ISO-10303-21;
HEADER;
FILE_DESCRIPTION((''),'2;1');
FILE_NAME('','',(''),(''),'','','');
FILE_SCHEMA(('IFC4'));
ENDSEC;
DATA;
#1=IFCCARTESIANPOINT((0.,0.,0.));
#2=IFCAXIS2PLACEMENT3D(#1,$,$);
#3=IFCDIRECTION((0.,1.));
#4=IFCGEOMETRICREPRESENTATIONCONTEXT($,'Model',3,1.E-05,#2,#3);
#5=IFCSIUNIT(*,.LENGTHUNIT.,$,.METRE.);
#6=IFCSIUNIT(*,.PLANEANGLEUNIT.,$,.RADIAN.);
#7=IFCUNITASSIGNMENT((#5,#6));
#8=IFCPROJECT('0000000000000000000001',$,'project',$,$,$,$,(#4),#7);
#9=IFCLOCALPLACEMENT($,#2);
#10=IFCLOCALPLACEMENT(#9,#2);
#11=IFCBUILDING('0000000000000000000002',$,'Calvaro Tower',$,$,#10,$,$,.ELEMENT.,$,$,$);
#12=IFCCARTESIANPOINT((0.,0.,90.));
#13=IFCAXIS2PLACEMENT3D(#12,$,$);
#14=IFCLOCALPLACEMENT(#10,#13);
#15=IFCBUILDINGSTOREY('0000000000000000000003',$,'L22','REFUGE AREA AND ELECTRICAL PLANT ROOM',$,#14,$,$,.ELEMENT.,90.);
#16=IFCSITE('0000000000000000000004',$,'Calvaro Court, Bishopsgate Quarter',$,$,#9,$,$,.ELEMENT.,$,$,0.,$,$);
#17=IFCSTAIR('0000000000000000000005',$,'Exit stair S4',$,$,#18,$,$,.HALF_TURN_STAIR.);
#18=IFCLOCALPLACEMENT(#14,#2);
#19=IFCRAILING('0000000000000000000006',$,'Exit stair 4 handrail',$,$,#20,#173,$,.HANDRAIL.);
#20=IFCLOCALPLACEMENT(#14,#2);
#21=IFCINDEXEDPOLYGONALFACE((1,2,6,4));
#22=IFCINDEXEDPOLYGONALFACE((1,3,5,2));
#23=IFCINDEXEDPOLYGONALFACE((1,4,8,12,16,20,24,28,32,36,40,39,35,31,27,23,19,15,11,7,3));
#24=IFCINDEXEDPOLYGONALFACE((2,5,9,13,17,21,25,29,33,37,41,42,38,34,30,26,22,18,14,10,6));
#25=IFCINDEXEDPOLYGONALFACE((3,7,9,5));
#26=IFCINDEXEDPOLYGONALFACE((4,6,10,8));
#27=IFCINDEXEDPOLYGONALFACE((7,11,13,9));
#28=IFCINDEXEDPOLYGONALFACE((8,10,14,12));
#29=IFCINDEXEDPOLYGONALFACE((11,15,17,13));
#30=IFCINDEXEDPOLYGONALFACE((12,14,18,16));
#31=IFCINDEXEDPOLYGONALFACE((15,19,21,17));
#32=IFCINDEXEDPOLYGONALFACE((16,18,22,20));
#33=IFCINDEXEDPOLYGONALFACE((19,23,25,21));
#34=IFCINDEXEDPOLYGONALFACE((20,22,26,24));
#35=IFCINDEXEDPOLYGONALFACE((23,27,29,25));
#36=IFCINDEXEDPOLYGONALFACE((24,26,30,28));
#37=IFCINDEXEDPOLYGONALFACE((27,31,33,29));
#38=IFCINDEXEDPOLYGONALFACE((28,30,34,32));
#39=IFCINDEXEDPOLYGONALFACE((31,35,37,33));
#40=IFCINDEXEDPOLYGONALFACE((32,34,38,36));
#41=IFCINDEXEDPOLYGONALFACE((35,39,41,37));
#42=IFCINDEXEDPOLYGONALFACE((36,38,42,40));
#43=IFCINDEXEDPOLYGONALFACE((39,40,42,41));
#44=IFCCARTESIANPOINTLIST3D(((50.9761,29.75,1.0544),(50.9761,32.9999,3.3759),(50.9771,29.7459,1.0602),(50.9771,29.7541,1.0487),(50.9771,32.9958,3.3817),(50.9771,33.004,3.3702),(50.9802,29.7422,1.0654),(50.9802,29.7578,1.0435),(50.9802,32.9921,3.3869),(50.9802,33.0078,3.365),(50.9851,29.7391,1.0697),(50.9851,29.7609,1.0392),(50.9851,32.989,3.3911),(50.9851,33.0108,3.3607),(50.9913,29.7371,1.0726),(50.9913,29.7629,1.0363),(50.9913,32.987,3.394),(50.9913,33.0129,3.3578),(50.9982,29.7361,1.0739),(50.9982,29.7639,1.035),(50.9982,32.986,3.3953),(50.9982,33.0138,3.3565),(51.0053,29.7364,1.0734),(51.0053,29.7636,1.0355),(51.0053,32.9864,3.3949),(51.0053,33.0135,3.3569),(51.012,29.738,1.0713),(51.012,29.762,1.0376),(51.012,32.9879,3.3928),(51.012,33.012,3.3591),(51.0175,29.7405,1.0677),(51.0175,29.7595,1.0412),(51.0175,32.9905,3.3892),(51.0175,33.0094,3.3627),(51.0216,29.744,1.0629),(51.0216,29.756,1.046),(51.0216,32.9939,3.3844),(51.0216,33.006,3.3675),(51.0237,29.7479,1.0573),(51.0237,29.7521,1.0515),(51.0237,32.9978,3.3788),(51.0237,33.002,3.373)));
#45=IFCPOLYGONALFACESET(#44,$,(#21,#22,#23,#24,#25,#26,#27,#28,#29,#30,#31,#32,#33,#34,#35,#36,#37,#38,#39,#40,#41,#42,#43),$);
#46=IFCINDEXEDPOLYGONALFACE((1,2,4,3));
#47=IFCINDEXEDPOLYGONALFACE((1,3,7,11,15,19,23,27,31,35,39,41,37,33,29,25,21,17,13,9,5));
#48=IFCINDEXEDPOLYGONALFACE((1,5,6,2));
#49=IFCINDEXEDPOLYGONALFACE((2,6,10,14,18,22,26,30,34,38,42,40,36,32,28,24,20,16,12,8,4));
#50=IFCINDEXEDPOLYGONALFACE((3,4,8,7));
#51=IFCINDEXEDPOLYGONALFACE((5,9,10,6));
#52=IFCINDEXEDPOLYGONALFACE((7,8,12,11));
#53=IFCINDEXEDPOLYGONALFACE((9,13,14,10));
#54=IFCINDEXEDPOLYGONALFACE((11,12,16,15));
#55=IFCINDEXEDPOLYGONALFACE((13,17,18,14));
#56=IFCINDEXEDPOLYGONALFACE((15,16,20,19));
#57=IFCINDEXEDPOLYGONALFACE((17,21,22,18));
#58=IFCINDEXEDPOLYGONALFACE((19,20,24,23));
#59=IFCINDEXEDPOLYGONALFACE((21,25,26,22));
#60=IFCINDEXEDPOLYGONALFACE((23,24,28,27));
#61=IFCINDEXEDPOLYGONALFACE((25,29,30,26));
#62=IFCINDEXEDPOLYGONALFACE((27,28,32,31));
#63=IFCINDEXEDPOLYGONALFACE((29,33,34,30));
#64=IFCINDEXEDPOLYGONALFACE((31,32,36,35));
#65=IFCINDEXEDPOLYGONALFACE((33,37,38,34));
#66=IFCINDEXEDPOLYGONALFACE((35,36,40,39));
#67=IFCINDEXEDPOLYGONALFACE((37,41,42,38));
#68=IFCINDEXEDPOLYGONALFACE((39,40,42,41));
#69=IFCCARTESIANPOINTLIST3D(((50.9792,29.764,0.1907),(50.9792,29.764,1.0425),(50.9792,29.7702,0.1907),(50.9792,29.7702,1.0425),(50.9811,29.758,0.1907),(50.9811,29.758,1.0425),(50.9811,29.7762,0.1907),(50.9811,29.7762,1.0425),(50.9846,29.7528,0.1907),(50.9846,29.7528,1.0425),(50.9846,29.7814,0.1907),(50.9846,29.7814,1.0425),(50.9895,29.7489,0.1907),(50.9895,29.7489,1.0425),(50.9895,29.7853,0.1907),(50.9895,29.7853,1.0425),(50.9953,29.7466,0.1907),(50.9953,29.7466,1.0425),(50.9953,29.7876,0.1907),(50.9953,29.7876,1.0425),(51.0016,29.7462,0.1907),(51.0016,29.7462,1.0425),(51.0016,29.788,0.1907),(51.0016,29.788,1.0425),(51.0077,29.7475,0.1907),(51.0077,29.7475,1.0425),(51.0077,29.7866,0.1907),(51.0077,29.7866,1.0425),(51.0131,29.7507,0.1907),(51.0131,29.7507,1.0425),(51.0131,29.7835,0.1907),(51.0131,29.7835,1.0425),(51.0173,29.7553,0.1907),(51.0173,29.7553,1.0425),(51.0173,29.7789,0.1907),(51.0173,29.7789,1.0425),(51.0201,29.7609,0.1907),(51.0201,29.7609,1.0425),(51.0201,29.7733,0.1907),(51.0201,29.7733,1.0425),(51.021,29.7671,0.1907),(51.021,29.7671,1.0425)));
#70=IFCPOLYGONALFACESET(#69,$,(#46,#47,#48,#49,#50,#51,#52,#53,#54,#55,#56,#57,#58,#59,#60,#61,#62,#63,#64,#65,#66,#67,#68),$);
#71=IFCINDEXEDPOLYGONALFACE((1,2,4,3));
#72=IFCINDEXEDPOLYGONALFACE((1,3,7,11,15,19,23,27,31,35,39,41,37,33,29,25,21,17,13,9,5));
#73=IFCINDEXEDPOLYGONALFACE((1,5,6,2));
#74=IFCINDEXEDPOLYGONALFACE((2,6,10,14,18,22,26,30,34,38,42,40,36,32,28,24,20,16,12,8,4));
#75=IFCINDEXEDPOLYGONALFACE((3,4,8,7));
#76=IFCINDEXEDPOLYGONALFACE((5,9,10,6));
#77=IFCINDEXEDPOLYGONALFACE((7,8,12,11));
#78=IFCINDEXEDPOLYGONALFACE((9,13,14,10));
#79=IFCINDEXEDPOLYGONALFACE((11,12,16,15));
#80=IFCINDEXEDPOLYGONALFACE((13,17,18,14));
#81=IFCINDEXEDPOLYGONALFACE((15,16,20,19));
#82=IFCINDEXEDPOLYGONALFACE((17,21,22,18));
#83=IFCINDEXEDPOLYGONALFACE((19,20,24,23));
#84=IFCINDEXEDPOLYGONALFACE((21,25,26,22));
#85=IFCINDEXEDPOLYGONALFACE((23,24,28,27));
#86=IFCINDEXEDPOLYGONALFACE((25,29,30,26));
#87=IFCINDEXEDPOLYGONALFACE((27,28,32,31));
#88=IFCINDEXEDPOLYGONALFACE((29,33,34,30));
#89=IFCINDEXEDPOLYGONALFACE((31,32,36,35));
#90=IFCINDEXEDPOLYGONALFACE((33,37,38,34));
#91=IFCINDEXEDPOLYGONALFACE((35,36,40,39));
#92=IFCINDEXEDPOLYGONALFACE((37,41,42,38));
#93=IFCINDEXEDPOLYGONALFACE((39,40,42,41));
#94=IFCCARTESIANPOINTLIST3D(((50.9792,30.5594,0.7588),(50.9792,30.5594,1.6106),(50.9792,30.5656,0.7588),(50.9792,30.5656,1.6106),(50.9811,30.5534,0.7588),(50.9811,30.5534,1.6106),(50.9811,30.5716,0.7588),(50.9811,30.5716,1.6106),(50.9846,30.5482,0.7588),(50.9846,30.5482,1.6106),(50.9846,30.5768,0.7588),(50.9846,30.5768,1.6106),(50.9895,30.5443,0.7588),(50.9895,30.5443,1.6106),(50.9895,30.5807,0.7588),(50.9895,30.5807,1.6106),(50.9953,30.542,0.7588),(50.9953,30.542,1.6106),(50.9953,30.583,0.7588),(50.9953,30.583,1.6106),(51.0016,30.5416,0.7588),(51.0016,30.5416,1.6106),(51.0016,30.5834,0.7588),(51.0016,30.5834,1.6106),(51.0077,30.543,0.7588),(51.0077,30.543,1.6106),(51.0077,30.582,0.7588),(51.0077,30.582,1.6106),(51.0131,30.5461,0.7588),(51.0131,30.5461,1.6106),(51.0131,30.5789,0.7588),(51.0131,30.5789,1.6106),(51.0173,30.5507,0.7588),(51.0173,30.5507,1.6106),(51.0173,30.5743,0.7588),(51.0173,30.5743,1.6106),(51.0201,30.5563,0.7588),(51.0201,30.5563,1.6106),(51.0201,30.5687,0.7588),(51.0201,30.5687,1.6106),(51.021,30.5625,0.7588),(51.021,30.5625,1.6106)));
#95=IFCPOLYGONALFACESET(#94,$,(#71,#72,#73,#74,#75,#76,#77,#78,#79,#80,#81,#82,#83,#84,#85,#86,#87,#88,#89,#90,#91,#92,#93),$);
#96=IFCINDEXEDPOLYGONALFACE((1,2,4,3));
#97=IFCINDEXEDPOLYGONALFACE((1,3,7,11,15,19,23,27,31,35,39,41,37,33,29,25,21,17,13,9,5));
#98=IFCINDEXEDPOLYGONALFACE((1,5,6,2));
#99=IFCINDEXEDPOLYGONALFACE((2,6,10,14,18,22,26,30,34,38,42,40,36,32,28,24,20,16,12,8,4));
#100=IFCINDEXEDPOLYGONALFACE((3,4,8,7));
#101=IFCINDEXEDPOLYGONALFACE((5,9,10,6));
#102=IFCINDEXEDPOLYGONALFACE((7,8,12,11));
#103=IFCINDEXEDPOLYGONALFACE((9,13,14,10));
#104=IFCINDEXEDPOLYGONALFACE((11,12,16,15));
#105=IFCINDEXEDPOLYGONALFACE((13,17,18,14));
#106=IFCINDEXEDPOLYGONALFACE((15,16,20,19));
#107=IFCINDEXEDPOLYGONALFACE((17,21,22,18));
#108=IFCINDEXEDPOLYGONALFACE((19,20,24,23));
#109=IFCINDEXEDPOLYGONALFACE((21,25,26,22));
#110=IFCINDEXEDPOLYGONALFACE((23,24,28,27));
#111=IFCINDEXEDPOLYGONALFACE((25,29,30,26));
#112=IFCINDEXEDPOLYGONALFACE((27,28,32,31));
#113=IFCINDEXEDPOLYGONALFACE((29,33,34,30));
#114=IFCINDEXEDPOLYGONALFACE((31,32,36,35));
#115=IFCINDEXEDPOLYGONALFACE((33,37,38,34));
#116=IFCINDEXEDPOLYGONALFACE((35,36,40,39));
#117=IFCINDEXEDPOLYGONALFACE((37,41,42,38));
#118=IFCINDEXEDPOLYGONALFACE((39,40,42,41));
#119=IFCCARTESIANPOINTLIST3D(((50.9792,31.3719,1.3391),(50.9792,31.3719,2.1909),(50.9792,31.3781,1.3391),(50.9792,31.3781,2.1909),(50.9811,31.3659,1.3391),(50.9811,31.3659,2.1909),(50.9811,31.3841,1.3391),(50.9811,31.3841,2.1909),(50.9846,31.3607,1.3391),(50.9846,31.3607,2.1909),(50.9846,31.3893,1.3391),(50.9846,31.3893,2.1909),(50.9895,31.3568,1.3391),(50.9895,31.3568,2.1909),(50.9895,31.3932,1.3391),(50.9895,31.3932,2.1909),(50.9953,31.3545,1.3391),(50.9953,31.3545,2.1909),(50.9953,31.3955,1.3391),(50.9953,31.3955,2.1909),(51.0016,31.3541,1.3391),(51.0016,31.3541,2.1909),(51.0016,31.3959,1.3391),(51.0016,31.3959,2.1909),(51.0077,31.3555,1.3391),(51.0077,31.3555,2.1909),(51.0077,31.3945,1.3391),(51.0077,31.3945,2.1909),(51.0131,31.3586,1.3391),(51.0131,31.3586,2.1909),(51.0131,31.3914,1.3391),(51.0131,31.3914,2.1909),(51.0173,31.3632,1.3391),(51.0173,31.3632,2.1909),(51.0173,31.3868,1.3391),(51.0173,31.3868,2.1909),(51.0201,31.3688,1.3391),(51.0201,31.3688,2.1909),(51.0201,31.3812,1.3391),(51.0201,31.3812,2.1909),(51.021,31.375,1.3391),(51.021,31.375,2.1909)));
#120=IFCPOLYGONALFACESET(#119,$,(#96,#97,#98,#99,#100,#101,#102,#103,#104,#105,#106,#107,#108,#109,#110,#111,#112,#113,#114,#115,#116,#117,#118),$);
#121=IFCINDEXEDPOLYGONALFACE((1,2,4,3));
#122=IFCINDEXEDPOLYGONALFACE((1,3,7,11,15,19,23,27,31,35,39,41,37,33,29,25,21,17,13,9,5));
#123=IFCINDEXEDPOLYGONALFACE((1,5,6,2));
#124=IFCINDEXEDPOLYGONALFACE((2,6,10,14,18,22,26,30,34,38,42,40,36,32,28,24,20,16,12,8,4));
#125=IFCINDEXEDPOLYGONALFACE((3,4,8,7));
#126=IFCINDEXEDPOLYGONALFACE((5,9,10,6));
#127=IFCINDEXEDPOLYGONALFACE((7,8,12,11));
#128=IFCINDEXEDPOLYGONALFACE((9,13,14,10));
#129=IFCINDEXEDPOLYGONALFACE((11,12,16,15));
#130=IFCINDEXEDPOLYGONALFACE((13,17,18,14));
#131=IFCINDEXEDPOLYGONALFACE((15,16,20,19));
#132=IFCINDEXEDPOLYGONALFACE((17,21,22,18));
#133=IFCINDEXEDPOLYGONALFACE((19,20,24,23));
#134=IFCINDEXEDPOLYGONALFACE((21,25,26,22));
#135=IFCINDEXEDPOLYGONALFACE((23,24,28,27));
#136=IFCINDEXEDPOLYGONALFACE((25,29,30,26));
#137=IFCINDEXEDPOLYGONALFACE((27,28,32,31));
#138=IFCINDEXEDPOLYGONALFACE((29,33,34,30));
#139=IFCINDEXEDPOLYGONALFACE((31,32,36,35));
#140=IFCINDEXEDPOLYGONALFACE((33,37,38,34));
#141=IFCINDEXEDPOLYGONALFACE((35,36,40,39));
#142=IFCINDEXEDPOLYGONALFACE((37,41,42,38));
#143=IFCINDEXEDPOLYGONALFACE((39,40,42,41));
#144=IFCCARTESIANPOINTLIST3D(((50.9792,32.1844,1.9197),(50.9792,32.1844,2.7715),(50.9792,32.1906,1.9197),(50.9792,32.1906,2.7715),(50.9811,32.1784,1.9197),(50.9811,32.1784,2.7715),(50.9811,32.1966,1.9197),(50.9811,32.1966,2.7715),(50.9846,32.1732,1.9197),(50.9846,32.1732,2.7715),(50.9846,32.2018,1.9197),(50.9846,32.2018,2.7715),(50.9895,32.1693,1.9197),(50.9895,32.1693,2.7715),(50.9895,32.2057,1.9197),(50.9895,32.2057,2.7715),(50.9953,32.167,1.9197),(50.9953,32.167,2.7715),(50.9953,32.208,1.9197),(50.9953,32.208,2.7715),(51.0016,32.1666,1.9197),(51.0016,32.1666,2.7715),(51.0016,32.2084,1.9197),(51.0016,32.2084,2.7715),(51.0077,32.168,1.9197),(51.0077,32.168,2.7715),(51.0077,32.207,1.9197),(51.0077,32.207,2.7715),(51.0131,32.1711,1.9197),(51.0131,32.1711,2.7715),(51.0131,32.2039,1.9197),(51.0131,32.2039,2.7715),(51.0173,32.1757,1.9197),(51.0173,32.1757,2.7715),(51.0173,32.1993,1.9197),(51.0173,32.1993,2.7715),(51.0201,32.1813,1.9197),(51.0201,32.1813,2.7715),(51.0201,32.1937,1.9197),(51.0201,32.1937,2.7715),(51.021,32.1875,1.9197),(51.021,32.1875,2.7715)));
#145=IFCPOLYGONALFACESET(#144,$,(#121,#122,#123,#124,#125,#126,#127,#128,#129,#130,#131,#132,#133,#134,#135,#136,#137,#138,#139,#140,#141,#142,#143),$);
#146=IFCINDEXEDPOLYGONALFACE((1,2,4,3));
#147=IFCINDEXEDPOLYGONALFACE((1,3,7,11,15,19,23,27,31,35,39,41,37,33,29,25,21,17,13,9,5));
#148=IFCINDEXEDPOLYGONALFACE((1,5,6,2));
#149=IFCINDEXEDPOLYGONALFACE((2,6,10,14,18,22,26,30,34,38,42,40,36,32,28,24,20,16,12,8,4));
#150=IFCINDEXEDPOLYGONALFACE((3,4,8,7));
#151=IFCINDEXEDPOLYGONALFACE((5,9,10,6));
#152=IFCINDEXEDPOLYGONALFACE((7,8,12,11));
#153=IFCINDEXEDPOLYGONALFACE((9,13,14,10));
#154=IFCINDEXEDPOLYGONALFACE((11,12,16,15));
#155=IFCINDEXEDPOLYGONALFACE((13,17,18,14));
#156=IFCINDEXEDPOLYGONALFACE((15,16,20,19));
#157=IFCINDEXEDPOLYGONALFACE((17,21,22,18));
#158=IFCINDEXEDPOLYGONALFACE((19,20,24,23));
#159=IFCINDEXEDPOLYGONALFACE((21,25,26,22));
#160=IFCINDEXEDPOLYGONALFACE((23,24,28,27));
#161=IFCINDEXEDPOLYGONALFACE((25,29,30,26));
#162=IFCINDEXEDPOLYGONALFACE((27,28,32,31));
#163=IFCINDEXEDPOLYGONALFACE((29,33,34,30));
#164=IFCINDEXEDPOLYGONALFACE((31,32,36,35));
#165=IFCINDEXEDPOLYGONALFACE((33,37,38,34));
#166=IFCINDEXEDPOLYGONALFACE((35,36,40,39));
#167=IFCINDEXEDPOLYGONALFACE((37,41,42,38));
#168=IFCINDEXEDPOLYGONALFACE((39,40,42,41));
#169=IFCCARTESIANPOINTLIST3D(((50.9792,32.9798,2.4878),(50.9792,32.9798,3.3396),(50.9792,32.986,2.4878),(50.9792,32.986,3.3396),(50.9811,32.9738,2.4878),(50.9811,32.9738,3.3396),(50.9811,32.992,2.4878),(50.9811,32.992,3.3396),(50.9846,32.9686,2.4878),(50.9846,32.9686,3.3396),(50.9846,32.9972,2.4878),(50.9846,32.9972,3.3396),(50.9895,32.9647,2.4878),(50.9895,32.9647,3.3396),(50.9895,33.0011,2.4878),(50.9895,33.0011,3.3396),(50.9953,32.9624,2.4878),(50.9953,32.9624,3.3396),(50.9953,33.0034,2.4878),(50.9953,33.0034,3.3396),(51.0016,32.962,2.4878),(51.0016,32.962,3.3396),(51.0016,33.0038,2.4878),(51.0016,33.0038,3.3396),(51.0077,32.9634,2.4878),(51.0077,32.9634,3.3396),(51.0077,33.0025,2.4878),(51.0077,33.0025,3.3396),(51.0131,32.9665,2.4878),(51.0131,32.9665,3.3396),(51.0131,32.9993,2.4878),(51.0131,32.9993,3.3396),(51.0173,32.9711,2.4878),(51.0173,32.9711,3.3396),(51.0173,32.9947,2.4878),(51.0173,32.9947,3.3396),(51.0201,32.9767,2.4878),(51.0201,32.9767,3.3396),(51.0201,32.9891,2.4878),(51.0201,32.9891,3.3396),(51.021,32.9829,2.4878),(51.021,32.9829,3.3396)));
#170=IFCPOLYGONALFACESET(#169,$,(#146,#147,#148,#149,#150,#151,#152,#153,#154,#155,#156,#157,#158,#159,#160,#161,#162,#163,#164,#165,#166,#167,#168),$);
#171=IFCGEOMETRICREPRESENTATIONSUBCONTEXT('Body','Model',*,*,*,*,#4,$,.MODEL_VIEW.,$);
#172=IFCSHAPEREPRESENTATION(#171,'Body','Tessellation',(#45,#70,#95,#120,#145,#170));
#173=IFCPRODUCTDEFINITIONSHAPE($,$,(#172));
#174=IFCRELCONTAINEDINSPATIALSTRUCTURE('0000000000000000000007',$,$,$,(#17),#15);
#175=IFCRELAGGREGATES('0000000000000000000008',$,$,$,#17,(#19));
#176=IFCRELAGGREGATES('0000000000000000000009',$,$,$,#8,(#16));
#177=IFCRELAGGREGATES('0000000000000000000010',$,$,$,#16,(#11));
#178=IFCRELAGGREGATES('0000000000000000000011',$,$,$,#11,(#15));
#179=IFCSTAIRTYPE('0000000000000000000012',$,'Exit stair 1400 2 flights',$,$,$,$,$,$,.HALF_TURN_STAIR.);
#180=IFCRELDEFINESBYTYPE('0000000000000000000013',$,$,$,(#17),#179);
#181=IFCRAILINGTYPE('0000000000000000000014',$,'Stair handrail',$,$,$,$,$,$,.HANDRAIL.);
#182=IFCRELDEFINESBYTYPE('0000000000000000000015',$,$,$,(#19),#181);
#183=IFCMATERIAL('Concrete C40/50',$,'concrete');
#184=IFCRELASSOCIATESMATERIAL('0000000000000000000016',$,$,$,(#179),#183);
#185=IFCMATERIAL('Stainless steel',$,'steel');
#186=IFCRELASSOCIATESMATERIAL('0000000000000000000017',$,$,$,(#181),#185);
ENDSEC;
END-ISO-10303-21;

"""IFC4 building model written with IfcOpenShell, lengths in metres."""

from ifc_helpers import new_model, si_unit, direction, frame, origin, origin_2d, place, context, subcontext, project, spatial, circle, extrude, material, type_object, element, aggregate, save


model = new_model("IFC4")

# Units and contexts
model_context = context("Model", 3, precision=1e-05, world=origin(), true_north=direction((0.0, 1.0)))
body_context = subcontext(model_context, "Body", "Model", "MODEL_VIEW")
ifc_project = project(units=[si_unit("LENGTHUNIT", "METRE"), si_unit("PLANEANGLEUNIT", "RADIAN")], contexts=[model_context])

# Site, building, storey
site_placement = place(None, origin())
site = spatial("IfcSite", under=ifc_project, at=site_placement, Name="Calvaro Court, Bishopsgate Quarter", CompositionType="ELEMENT", RefElevation=0.0)
building_placement = place(site_placement, origin())
building = spatial("IfcBuilding", under=site, at=building_placement, Name="Calvaro Tower", CompositionType="ELEMENT")
storey_placement = place(building_placement, frame((0.0, 0.0, 90.0)))
storey = spatial("IfcBuildingStorey", under=building, at=storey_placement, Name="L22", Description="REFUGE AREA AND ELECTRICAL PLANT ROOM", CompositionType="ELEMENT", Elevation=90.0)

# Shared definitions
ifc_material_1 = material(Name="Concrete C40/50", Category="concrete")
stair_type = type_object("IfcStairType", Name="Exit stair 1400 2 flights", PredefinedType="HALF_TURN_STAIR", material=ifc_material_1)

# Stair
stair_1_placement = place(storey_placement, origin())
stair_1 = element("IfcStair", 1, at=stair_1_placement, inside=storey, type_object=stair_type, Name="Exit stair S4", PredefinedType="HALF_TURN_STAIR")

# Railing
ifc_material_2 = material(Name="Stainless steel", Category="steel")
railing_type = type_object("IfcRailingType", Name="Stair handrail", PredefinedType="HANDRAIL", material=ifc_material_2)
railing_1_placement = place(storey_placement, frame((51.0, 29.75, 0.1785)))
railing_1 = element("IfcRailing", 2, at=railing_1_placement, type_object=railing_type, Name="Exit stair 4 handrail", PredefinedType="HANDRAIL", context=body_context, shape_type="SweptSolid", body=[
    extrude(circle(Radius=0.0239, at=origin_2d()), frame((0.0, 0.0, 0.876), z_axis=(0.0, 0.813721, 0.581256), x_axis=(-1.0, 0.0, 0.0)), (0.0, 0.0, 1.0), 3.9939),
    extrude(circle(Radius=0.021, at=origin_2d()), frame((0.0, 0.0171, 0.0122)), (0.0, 0.0, 1.0), 0.8518),
    extrude(circle(Radius=0.021, at=origin_2d()), frame((0.0, 0.8125, 0.5803)), (0.0, 0.0, 1.0), 0.8518),
    extrude(circle(Radius=0.021, at=origin_2d()), frame((0.0, 1.625, 1.1606)), (0.0, 0.0, 1.0), 0.8518),
    extrude(circle(Radius=0.021, at=origin_2d()), frame((0.0, 2.4375, 1.7412)), (0.0, 0.0, 1.0), 0.8518),
    extrude(circle(Radius=0.021, at=origin_2d()), frame((0.0, 3.2329, 2.3093)), (0.0, 0.0, 1.0), 0.8518),
])
aggregate(stair_1, [railing_1])

save(model, "model.ifc")
